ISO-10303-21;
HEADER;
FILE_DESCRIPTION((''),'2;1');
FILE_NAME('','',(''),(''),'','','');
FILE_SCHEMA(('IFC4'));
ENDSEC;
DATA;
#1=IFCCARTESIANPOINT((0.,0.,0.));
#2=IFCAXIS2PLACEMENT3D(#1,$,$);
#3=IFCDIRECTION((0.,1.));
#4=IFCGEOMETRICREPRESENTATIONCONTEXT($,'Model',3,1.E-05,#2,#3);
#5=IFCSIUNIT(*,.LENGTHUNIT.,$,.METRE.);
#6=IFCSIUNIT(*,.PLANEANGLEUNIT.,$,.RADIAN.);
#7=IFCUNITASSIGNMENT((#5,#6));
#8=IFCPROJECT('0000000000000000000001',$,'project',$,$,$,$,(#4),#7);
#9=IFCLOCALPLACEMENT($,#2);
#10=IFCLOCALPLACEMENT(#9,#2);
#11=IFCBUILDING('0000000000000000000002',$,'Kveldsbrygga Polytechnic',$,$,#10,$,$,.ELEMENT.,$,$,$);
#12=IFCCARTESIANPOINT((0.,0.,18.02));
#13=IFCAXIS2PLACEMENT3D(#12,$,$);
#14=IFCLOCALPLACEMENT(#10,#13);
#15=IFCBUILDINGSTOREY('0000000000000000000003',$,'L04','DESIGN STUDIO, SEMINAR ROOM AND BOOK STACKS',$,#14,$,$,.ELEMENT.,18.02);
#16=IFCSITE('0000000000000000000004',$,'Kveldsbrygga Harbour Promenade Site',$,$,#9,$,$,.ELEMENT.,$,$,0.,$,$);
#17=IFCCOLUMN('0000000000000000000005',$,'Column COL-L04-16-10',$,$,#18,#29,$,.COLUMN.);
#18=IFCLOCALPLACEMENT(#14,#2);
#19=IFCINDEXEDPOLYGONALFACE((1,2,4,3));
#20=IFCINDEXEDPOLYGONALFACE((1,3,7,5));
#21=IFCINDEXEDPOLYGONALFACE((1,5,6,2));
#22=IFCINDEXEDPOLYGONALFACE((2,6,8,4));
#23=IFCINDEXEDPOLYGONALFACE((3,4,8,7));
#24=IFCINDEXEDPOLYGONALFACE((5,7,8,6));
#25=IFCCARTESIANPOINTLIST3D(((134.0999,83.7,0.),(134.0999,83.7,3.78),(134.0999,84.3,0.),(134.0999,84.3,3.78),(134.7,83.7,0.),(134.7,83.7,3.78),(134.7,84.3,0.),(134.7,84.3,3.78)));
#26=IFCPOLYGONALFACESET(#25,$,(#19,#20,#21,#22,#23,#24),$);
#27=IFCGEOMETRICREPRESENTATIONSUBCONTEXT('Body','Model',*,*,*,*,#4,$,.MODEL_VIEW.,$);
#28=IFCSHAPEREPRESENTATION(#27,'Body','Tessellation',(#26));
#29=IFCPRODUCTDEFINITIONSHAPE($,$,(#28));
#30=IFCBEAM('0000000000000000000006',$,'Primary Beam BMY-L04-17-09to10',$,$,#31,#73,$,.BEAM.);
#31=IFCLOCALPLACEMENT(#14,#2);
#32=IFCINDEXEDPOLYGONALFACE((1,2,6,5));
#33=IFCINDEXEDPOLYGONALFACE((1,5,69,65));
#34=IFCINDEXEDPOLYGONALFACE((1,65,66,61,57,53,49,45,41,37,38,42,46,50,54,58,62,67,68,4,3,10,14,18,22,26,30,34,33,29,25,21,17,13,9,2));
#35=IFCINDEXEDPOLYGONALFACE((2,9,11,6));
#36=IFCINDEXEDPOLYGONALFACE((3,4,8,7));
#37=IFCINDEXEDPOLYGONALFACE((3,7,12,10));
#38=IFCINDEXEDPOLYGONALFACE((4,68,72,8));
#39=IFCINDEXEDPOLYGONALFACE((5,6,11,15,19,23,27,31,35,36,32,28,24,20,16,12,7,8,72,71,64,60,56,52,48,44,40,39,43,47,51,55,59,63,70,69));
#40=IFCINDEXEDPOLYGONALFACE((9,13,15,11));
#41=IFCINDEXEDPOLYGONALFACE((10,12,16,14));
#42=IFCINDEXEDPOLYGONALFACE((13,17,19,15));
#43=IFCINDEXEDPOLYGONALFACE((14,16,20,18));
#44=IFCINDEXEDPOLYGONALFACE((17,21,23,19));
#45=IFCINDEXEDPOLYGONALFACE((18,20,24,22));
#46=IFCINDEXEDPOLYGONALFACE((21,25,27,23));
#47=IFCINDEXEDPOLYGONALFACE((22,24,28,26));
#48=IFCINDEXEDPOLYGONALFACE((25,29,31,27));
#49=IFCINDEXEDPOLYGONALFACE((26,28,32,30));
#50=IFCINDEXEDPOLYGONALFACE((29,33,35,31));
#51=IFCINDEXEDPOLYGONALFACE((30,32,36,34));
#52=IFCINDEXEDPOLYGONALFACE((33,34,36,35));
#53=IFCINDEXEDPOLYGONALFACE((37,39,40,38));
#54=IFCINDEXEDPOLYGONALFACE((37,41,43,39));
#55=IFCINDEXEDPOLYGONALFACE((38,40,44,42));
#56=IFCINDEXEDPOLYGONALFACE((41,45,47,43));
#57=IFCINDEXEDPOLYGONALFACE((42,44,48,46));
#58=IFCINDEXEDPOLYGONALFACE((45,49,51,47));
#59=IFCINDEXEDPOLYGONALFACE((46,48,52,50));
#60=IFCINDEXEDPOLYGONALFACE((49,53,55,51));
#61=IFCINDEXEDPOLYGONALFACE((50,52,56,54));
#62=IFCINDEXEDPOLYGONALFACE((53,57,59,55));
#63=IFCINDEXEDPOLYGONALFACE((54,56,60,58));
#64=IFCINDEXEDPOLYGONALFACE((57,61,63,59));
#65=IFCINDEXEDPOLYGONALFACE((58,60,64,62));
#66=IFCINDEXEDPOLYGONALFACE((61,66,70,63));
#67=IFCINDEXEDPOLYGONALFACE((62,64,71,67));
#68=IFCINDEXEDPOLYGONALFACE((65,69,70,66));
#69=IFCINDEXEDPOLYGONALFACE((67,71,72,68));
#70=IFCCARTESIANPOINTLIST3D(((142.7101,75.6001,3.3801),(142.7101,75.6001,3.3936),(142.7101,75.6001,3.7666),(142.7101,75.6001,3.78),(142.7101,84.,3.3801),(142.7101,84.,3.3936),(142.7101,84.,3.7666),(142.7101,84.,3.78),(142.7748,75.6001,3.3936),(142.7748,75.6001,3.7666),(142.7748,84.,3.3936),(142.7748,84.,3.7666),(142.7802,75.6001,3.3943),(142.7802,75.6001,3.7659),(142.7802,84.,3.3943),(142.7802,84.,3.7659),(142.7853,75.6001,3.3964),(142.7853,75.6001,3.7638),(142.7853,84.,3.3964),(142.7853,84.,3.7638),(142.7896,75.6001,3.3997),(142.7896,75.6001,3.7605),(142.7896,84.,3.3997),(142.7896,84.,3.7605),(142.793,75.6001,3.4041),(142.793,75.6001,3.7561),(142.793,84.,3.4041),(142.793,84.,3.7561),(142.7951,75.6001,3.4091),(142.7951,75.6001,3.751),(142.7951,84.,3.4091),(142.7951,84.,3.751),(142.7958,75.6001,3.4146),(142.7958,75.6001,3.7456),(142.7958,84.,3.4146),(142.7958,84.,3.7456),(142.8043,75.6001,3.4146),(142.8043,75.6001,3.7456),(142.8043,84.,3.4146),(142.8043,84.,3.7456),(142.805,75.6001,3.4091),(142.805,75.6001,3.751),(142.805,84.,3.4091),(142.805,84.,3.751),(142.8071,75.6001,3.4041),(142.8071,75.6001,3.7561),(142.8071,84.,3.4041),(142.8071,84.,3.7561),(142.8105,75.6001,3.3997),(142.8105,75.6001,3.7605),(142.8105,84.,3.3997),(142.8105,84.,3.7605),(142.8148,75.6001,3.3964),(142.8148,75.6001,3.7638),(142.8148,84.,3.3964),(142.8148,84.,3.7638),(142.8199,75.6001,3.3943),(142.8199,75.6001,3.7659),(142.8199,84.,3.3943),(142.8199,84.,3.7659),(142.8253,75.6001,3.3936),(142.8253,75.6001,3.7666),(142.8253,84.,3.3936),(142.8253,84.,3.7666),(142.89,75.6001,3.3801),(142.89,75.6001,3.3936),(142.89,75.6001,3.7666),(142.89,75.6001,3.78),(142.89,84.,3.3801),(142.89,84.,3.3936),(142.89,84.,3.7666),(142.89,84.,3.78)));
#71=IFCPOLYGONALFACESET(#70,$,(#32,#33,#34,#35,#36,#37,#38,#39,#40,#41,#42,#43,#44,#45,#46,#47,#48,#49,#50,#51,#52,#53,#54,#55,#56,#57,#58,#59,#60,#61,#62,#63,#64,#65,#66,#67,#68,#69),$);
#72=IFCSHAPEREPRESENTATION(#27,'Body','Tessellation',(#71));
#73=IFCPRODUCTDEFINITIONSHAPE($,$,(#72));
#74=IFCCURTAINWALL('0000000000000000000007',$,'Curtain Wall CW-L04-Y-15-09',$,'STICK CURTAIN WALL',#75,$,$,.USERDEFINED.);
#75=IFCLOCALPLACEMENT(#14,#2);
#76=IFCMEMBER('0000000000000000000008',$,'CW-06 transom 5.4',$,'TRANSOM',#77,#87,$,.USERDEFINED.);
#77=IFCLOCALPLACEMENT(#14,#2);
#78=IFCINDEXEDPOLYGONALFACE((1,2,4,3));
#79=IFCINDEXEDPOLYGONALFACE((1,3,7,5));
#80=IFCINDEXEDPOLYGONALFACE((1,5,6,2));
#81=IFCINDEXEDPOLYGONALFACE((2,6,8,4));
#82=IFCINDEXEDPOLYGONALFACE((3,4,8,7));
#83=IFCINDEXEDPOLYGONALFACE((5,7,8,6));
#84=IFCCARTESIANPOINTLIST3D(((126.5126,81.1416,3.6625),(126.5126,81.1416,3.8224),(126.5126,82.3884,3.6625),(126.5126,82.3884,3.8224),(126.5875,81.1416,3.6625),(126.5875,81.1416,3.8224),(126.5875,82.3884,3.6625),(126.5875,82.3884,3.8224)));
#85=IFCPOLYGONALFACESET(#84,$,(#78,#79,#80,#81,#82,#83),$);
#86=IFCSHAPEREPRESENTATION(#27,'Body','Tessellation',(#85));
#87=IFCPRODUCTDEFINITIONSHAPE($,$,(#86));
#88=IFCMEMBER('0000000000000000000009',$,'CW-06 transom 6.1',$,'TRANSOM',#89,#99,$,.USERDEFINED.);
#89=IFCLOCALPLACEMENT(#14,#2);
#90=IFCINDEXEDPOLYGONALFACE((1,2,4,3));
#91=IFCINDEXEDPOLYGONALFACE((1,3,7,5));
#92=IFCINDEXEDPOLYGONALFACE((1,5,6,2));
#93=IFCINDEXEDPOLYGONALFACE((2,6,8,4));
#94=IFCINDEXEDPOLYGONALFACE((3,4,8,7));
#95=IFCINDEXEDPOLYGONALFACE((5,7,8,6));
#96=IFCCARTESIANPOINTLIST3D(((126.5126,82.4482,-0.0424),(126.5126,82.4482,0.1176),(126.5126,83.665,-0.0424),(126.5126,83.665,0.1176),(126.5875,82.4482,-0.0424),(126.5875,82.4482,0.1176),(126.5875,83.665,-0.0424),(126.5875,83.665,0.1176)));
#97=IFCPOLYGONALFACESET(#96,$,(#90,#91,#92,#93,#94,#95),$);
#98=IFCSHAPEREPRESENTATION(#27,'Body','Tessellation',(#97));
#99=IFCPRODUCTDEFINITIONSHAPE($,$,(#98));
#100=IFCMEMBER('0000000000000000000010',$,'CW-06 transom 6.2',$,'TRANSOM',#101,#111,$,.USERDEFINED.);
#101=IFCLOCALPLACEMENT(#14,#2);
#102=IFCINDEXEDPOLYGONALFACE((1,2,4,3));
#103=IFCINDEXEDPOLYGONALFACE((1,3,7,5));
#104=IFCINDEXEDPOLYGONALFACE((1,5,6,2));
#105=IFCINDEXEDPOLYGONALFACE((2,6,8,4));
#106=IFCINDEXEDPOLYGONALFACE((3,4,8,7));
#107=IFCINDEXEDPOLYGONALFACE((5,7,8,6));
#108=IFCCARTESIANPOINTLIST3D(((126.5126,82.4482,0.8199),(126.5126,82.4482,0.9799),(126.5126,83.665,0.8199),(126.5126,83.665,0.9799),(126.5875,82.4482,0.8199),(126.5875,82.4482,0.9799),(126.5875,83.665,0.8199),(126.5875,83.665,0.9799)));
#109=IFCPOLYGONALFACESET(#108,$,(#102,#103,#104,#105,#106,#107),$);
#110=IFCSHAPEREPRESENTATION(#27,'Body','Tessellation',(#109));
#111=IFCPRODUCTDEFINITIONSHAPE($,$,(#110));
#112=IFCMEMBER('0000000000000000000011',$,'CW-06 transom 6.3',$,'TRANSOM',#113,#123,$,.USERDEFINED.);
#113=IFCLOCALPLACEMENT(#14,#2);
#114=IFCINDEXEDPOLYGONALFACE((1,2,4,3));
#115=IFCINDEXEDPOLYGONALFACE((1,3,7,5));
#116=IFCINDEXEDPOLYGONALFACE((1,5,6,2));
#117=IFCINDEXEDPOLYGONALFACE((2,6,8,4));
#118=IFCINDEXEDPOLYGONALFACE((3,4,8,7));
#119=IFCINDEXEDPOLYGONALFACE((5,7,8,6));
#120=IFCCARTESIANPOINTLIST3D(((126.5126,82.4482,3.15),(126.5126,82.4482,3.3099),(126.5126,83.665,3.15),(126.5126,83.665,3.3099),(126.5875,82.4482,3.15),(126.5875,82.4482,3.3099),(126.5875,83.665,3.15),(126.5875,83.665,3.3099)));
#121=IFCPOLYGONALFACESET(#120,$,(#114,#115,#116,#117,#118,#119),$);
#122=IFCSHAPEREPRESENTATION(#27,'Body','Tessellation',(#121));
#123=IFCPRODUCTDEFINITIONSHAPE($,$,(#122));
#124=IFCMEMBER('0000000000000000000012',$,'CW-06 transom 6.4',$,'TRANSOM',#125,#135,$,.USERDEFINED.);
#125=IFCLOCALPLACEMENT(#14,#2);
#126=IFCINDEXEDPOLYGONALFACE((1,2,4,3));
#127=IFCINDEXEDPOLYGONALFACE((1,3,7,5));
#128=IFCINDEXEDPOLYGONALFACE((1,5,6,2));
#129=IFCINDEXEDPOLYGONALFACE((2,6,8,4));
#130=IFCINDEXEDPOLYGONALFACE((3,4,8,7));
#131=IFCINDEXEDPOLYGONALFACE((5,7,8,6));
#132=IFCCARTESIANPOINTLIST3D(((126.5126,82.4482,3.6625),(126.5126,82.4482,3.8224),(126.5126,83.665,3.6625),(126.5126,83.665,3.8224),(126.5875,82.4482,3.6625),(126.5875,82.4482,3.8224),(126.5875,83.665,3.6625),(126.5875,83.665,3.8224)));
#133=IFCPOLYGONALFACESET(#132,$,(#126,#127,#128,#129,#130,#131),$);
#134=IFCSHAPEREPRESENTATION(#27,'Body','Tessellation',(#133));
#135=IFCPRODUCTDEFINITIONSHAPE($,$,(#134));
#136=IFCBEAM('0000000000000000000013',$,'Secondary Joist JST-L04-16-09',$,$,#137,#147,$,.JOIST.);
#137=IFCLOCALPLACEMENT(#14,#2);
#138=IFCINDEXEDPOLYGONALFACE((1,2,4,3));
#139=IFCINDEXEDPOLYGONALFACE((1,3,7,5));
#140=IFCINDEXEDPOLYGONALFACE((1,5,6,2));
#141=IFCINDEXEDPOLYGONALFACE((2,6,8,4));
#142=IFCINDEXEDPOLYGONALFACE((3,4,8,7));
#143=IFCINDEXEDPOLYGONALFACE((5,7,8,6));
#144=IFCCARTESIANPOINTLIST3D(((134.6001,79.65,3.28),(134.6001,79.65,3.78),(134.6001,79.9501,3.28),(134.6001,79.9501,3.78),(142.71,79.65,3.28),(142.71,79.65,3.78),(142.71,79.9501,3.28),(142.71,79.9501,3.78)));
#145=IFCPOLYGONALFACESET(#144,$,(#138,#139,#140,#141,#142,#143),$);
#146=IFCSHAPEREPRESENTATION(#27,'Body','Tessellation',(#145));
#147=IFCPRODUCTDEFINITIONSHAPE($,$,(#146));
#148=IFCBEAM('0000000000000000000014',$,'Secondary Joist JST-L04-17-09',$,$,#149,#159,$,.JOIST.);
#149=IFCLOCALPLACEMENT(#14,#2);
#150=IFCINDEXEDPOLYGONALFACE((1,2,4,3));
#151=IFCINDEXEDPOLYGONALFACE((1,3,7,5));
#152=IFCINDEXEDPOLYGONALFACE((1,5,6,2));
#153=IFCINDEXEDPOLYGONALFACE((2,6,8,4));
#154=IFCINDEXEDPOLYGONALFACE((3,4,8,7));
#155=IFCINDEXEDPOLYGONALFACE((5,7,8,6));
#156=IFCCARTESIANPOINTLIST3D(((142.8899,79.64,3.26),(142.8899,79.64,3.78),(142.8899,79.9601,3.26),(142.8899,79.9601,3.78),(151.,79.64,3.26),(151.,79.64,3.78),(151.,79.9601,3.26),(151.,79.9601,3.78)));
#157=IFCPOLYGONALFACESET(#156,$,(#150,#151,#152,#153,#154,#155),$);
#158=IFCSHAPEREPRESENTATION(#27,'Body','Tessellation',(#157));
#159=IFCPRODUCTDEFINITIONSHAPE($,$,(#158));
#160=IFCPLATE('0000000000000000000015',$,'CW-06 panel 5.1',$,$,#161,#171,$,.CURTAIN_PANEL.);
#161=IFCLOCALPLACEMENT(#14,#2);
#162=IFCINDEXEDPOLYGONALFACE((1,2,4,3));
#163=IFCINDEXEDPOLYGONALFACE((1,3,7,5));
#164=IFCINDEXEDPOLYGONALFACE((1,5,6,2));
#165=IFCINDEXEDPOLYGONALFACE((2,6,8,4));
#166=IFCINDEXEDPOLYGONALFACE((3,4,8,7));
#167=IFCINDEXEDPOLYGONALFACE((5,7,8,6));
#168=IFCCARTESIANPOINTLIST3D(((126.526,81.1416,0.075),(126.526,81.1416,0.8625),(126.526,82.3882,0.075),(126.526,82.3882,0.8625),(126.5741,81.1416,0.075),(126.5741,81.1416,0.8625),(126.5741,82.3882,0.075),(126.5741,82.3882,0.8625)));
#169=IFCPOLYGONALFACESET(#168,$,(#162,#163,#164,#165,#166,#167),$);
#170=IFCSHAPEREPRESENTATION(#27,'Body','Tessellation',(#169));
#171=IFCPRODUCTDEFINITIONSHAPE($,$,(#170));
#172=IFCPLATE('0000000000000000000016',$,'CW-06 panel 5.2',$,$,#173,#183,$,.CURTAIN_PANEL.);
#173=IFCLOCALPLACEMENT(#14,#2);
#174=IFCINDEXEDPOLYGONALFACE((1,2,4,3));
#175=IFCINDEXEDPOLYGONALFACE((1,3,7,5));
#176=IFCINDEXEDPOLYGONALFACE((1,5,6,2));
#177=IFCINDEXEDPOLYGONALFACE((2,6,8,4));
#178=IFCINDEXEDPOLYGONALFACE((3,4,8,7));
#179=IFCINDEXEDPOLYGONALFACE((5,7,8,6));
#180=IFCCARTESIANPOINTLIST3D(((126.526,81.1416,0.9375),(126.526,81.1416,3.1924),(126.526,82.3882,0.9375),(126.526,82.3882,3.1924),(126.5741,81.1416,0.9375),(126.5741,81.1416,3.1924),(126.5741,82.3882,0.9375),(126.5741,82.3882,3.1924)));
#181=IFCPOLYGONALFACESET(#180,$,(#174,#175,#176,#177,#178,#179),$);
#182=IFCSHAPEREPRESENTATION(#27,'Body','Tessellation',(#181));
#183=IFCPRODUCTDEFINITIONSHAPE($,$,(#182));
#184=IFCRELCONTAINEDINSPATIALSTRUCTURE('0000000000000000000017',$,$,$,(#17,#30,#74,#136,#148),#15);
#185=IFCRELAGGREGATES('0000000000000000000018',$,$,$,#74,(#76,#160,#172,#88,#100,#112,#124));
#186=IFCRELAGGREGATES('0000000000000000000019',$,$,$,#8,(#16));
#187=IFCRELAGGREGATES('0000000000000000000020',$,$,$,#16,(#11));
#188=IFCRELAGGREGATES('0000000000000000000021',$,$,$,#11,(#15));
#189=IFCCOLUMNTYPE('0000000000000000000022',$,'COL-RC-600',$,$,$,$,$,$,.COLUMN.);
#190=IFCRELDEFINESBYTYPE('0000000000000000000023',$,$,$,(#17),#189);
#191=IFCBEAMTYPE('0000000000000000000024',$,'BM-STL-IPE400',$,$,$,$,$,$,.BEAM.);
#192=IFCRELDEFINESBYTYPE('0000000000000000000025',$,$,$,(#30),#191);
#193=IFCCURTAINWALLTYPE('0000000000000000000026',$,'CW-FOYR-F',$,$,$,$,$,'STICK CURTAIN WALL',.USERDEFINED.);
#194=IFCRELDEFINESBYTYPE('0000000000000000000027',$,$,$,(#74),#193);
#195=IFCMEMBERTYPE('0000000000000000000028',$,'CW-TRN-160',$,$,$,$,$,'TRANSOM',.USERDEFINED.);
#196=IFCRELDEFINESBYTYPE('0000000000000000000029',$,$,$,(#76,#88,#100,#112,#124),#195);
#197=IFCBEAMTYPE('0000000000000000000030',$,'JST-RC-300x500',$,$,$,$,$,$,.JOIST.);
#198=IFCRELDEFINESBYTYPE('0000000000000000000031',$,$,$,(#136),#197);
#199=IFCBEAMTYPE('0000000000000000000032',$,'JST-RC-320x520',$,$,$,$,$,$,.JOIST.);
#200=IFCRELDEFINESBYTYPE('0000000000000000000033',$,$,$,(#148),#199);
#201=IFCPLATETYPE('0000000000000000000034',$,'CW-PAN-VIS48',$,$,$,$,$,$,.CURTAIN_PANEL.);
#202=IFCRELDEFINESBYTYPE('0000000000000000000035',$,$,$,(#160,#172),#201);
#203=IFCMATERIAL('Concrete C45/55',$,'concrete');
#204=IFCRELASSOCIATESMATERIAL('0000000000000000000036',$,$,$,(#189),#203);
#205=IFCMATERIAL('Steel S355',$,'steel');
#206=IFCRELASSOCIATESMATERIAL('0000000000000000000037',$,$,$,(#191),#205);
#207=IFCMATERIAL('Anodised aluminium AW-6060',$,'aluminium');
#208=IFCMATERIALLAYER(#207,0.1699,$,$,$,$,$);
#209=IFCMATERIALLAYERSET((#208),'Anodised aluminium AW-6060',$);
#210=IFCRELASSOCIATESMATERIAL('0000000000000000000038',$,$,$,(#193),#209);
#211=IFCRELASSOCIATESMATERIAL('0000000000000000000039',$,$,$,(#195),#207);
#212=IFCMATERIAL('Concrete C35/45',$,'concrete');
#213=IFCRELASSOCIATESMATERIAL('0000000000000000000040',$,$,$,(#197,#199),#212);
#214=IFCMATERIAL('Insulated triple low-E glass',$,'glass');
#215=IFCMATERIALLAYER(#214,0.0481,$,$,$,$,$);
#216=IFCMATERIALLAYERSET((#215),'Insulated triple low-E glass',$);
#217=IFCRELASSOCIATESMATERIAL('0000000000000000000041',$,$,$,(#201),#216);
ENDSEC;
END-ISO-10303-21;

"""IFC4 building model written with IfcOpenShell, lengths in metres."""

from ifc_helpers import new_model, si_unit, direction, frame, origin, origin_2d, place, context, subcontext, project, spatial, rectangle, i_section, extrude, material, layer, layer_set, material_profile, profile_set, type_object, element, aggregate, save


model = new_model("IFC4")

# Units and contexts
model_context = context("Model", 3, precision=1e-05, world=origin(), true_north=direction((0.0, 1.0)))
body_context = subcontext(model_context, "Body", "Model", "MODEL_VIEW")
ifc_project = project(units=[si_unit("LENGTHUNIT", "METRE"), si_unit("PLANEANGLEUNIT", "RADIAN")], contexts=[model_context])

# Site, building, storey
site_placement = place(None, origin())
site = spatial("IfcSite", under=ifc_project, at=site_placement, Name="Kveldsbrygga Harbour Promenade Site", CompositionType="ELEMENT", RefElevation=0.0)
building_placement = place(site_placement, origin())
building = spatial("IfcBuilding", under=site, at=building_placement, Name="Kveldsbrygga Polytechnic", CompositionType="ELEMENT")
storey_placement = place(building_placement, frame((0.0, 0.0, 18.02)))
storey = spatial("IfcBuildingStorey", under=building, at=storey_placement, Name="L04", Description="DESIGN STUDIO, SEMINAR ROOM AND BOOK STACKS", CompositionType="ELEMENT", Elevation=18.02)

# Column
ifc_material_1 = material(Name="Concrete C45/55", Category="concrete")
ifc_material_profile_1 = material_profile(ifc_material_1, rectangle(XDim=0.6001, YDim=0.6001, at=origin_2d()), Name="RC 600x600")
ifc_profile_set_1 = profile_set([ifc_material_profile_1], Name="Concrete C45/55")
column_type = type_object("IfcColumnType", Name="COL-RC-600", PredefinedType="COLUMN", material=ifc_profile_set_1)
column_placement = place(storey_placement, frame((134.3999, 84.0, 0.0), z_axis=(0.0, 0.0, 1.0), x_axis=(1.0, 0.0, 0.0)))
element("IfcColumn", 1, at=column_placement, inside=storey, type_object=column_type, Name="Column COL-L04-16-10", PredefinedType="COLUMN", context=body_context, shape_type="SweptSolid", body=[
    extrude(rectangle(XDim=0.6001, YDim=0.6001, at=origin_2d()), origin(), (0.0, 0.0, 1.0), 3.78),
])

# Beam
ifc_material_2 = material(Name="Steel S355", Category="steel")
ifc_material_profile_2 = material_profile(ifc_material_2, i_section(OverallWidth=0.1799, OverallDepth=0.3999, WebThickness=0.0085, FlangeThickness=0.0134, FilletRadius=0.021, at=origin_2d()), Name="IPE 400")
ifc_profile_set_2 = profile_set([ifc_material_profile_2], Name="Steel S355")
beam_type_1 = type_object("IfcBeamType", Name="BM-STL-IPE400", PredefinedType="BEAM", material=ifc_profile_set_2)
beam_1_placement = place(storey_placement, frame((142.8, 75.6001, 3.5801), z_axis=(0.0, 1.0, 0.0), x_axis=(-1.0, 0.0, 0.0)))
element("IfcBeam", 2, at=beam_1_placement, inside=storey, type_object=beam_type_1, Name="Primary Beam BMY-L04-17-09to10", PredefinedType="BEAM", context=body_context, shape_type="SweptSolid", body=[
    extrude(i_section(OverallWidth=0.1799, OverallDepth=0.3999, WebThickness=0.0085, FlangeThickness=0.0134, FilletRadius=0.021, at=origin_2d()), origin(), (0.0, 0.0, 1.0), 8.3999),
])

# Curtain wall, members
ifc_material_3 = material(Name="Anodised aluminium AW-6060", Category="aluminium")
ifc_layer_1 = layer(ifc_material_3, 0.1699)
ifc_layer_set_1 = layer_set([ifc_layer_1], Name="Anodised aluminium AW-6060")
curtain_wall_type = type_object("IfcCurtainWallType", Name="CW-FOYR-F", ElementType="STICK CURTAIN WALL", PredefinedType="USERDEFINED", material=ifc_layer_set_1)
curtain_wall_placement = place(storey_placement, origin())
curtain_wall = element("IfcCurtainWall", 3, at=curtain_wall_placement, inside=storey, type_object=curtain_wall_type, Name="Curtain Wall CW-L04-Y-15-09", ObjectType="STICK CURTAIN WALL", PredefinedType="USERDEFINED")
ifc_material_profile_3 = material_profile(ifc_material_3, rectangle(XDim=0.075, YDim=0.1599, at=origin_2d()), Name="ALU 75x160")
ifc_profile_set_3 = profile_set([ifc_material_profile_3], Name="Anodised aluminium AW-6060")
member_type = type_object("IfcMemberType", Name="CW-TRN-160", ElementType="TRANSOM", PredefinedType="USERDEFINED", material=ifc_profile_set_3)
member_1_placement = place(storey_placement, frame((126.55, 81.1416, 3.7424), z_axis=(0.0, 1.0, 0.0), x_axis=(-1.0, 0.0, 0.0)))
member_1 = element("IfcMember", 4, at=member_1_placement, type_object=member_type, Name="CW-06 transom 5.4", ObjectType="TRANSOM", PredefinedType="USERDEFINED", context=body_context, shape_type="SweptSolid", body=[
    extrude(rectangle(XDim=0.075, YDim=0.1599, at=origin_2d()), origin(), (0.0, 0.0, 1.0), 1.2468),
])
member_2_placement = place(storey_placement, frame((126.55, 82.4482, 0.0376), z_axis=(0.0, 1.0, 0.0), x_axis=(-1.0, 0.0, 0.0)))
member_2 = element("IfcMember", 5, at=member_2_placement, type_object=member_type, Name="CW-06 transom 6.1", ObjectType="TRANSOM", PredefinedType="USERDEFINED", context=body_context, shape_type="SweptSolid", body=[
    extrude(rectangle(XDim=0.075, YDim=0.1599, at=origin_2d()), origin(), (0.0, 0.0, 1.0), 1.2168),
])
member_3_placement = place(storey_placement, frame((126.55, 82.4482, 0.8999), z_axis=(0.0, 1.0, 0.0), x_axis=(-1.0, 0.0, 0.0)))
member_3 = element("IfcMember", 6, at=member_3_placement, type_object=member_type, Name="CW-06 transom 6.2", ObjectType="TRANSOM", PredefinedType="USERDEFINED", context=body_context, shape_type="SweptSolid", body=[
    extrude(rectangle(XDim=0.075, YDim=0.1599, at=origin_2d()), origin(), (0.0, 0.0, 1.0), 1.2168),
])
member_4_placement = place(storey_placement, frame((126.55, 82.4482, 3.23), z_axis=(0.0, 1.0, 0.0), x_axis=(-1.0, 0.0, 0.0)))
member_4 = element("IfcMember", 7, at=member_4_placement, type_object=member_type, Name="CW-06 transom 6.3", ObjectType="TRANSOM", PredefinedType="USERDEFINED", context=body_context, shape_type="SweptSolid", body=[
    extrude(rectangle(XDim=0.075, YDim=0.1599, at=origin_2d()), origin(), (0.0, 0.0, 1.0), 1.2168),
])
member_5_placement = place(storey_placement, frame((126.55, 82.4482, 3.7424), z_axis=(0.0, 1.0, 0.0), x_axis=(-1.0, 0.0, 0.0)))
member_5 = element("IfcMember", 8, at=member_5_placement, type_object=member_type, Name="CW-06 transom 6.4", ObjectType="TRANSOM", PredefinedType="USERDEFINED", context=body_context, shape_type="SweptSolid", body=[
    extrude(rectangle(XDim=0.075, YDim=0.1599, at=origin_2d()), origin(), (0.0, 0.0, 1.0), 1.2168),
])

# Beams
ifc_material_4 = material(Name="Concrete C35/45", Category="concrete")
ifc_material_profile_4 = material_profile(ifc_material_4, rectangle(XDim=0.3, YDim=0.5, at=origin_2d()), Name="RC 300x500")
ifc_profile_set_4 = profile_set([ifc_material_profile_4], Name="Concrete C35/45")
beam_type_2 = type_object("IfcBeamType", Name="JST-RC-300x500", PredefinedType="JOIST", material=ifc_profile_set_4)
beam_2_placement = place(storey_placement, frame((134.6001, 79.8, 3.53), z_axis=(1.0, 0.0, 0.0), x_axis=(0.0, 1.0, 0.0)))
element("IfcBeam", 9, at=beam_2_placement, inside=storey, type_object=beam_type_2, Name="Secondary Joist JST-L04-16-09", PredefinedType="JOIST", context=body_context, shape_type="SweptSolid", body=[
    extrude(rectangle(XDim=0.3, YDim=0.5, at=origin_2d()), origin(), (0.0, 0.0, 1.0), 8.1099),
])
ifc_material_profile_5 = material_profile(ifc_material_4, rectangle(XDim=0.3201, YDim=0.52, at=origin_2d()), Name="RC 320x520")
ifc_profile_set_5 = profile_set([ifc_material_profile_5], Name="Concrete C35/45")
beam_type_3 = type_object("IfcBeamType", Name="JST-RC-320x520", PredefinedType="JOIST", material=ifc_profile_set_5)
beam_3_placement = place(storey_placement, frame((142.8899, 79.8, 3.52), z_axis=(1.0, 0.0, 0.0), x_axis=(0.0, 1.0, 0.0)))
element("IfcBeam", 10, at=beam_3_placement, inside=storey, type_object=beam_type_3, Name="Secondary Joist JST-L04-17-09", PredefinedType="JOIST", context=body_context, shape_type="SweptSolid", body=[
    extrude(rectangle(XDim=0.3201, YDim=0.52, at=origin_2d()), origin(), (0.0, 0.0, 1.0), 8.1101),
])

# Plates
ifc_material_5 = material(Name="Insulated triple low-E glass", Category="glass")
ifc_layer_2 = layer(ifc_material_5, 0.0481)
ifc_layer_set_2 = layer_set([ifc_layer_2], Name="Insulated triple low-E glass")
plate_type = type_object("IfcPlateType", Name="CW-PAN-VIS48", PredefinedType="CURTAIN_PANEL", material=ifc_layer_set_2)
plate_1_placement = place(storey_placement, frame((126.55, 81.7649, 0.075), z_axis=(0.0, 0.0, 1.0), x_axis=(0.0, 1.0, 0.0)))
plate_1 = element("IfcPlate", 11, at=plate_1_placement, type_object=plate_type, Name="CW-06 panel 5.1", PredefinedType="CURTAIN_PANEL", context=body_context, shape_type="SweptSolid", body=[
    extrude(rectangle(XDim=1.2466, YDim=0.0481, at=origin_2d()), origin(), (0.0, 0.0, 1.0), 0.7876),
])
plate_2_placement = place(storey_placement, frame((126.55, 81.7649, 0.9375), z_axis=(0.0, 0.0, 1.0), x_axis=(0.0, 1.0, 0.0)))
plate_2 = element("IfcPlate", 12, at=plate_2_placement, type_object=plate_type, Name="CW-06 panel 5.2", PredefinedType="CURTAIN_PANEL", context=body_context, shape_type="SweptSolid", body=[
    extrude(rectangle(XDim=1.2466, YDim=0.0481, at=origin_2d()), origin(), (0.0, 0.0, 1.0), 2.2549),
])
aggregate(curtain_wall, [member_1, plate_1, plate_2, member_2, member_3, member_4, member_5])

save(model, "model.ifc")
